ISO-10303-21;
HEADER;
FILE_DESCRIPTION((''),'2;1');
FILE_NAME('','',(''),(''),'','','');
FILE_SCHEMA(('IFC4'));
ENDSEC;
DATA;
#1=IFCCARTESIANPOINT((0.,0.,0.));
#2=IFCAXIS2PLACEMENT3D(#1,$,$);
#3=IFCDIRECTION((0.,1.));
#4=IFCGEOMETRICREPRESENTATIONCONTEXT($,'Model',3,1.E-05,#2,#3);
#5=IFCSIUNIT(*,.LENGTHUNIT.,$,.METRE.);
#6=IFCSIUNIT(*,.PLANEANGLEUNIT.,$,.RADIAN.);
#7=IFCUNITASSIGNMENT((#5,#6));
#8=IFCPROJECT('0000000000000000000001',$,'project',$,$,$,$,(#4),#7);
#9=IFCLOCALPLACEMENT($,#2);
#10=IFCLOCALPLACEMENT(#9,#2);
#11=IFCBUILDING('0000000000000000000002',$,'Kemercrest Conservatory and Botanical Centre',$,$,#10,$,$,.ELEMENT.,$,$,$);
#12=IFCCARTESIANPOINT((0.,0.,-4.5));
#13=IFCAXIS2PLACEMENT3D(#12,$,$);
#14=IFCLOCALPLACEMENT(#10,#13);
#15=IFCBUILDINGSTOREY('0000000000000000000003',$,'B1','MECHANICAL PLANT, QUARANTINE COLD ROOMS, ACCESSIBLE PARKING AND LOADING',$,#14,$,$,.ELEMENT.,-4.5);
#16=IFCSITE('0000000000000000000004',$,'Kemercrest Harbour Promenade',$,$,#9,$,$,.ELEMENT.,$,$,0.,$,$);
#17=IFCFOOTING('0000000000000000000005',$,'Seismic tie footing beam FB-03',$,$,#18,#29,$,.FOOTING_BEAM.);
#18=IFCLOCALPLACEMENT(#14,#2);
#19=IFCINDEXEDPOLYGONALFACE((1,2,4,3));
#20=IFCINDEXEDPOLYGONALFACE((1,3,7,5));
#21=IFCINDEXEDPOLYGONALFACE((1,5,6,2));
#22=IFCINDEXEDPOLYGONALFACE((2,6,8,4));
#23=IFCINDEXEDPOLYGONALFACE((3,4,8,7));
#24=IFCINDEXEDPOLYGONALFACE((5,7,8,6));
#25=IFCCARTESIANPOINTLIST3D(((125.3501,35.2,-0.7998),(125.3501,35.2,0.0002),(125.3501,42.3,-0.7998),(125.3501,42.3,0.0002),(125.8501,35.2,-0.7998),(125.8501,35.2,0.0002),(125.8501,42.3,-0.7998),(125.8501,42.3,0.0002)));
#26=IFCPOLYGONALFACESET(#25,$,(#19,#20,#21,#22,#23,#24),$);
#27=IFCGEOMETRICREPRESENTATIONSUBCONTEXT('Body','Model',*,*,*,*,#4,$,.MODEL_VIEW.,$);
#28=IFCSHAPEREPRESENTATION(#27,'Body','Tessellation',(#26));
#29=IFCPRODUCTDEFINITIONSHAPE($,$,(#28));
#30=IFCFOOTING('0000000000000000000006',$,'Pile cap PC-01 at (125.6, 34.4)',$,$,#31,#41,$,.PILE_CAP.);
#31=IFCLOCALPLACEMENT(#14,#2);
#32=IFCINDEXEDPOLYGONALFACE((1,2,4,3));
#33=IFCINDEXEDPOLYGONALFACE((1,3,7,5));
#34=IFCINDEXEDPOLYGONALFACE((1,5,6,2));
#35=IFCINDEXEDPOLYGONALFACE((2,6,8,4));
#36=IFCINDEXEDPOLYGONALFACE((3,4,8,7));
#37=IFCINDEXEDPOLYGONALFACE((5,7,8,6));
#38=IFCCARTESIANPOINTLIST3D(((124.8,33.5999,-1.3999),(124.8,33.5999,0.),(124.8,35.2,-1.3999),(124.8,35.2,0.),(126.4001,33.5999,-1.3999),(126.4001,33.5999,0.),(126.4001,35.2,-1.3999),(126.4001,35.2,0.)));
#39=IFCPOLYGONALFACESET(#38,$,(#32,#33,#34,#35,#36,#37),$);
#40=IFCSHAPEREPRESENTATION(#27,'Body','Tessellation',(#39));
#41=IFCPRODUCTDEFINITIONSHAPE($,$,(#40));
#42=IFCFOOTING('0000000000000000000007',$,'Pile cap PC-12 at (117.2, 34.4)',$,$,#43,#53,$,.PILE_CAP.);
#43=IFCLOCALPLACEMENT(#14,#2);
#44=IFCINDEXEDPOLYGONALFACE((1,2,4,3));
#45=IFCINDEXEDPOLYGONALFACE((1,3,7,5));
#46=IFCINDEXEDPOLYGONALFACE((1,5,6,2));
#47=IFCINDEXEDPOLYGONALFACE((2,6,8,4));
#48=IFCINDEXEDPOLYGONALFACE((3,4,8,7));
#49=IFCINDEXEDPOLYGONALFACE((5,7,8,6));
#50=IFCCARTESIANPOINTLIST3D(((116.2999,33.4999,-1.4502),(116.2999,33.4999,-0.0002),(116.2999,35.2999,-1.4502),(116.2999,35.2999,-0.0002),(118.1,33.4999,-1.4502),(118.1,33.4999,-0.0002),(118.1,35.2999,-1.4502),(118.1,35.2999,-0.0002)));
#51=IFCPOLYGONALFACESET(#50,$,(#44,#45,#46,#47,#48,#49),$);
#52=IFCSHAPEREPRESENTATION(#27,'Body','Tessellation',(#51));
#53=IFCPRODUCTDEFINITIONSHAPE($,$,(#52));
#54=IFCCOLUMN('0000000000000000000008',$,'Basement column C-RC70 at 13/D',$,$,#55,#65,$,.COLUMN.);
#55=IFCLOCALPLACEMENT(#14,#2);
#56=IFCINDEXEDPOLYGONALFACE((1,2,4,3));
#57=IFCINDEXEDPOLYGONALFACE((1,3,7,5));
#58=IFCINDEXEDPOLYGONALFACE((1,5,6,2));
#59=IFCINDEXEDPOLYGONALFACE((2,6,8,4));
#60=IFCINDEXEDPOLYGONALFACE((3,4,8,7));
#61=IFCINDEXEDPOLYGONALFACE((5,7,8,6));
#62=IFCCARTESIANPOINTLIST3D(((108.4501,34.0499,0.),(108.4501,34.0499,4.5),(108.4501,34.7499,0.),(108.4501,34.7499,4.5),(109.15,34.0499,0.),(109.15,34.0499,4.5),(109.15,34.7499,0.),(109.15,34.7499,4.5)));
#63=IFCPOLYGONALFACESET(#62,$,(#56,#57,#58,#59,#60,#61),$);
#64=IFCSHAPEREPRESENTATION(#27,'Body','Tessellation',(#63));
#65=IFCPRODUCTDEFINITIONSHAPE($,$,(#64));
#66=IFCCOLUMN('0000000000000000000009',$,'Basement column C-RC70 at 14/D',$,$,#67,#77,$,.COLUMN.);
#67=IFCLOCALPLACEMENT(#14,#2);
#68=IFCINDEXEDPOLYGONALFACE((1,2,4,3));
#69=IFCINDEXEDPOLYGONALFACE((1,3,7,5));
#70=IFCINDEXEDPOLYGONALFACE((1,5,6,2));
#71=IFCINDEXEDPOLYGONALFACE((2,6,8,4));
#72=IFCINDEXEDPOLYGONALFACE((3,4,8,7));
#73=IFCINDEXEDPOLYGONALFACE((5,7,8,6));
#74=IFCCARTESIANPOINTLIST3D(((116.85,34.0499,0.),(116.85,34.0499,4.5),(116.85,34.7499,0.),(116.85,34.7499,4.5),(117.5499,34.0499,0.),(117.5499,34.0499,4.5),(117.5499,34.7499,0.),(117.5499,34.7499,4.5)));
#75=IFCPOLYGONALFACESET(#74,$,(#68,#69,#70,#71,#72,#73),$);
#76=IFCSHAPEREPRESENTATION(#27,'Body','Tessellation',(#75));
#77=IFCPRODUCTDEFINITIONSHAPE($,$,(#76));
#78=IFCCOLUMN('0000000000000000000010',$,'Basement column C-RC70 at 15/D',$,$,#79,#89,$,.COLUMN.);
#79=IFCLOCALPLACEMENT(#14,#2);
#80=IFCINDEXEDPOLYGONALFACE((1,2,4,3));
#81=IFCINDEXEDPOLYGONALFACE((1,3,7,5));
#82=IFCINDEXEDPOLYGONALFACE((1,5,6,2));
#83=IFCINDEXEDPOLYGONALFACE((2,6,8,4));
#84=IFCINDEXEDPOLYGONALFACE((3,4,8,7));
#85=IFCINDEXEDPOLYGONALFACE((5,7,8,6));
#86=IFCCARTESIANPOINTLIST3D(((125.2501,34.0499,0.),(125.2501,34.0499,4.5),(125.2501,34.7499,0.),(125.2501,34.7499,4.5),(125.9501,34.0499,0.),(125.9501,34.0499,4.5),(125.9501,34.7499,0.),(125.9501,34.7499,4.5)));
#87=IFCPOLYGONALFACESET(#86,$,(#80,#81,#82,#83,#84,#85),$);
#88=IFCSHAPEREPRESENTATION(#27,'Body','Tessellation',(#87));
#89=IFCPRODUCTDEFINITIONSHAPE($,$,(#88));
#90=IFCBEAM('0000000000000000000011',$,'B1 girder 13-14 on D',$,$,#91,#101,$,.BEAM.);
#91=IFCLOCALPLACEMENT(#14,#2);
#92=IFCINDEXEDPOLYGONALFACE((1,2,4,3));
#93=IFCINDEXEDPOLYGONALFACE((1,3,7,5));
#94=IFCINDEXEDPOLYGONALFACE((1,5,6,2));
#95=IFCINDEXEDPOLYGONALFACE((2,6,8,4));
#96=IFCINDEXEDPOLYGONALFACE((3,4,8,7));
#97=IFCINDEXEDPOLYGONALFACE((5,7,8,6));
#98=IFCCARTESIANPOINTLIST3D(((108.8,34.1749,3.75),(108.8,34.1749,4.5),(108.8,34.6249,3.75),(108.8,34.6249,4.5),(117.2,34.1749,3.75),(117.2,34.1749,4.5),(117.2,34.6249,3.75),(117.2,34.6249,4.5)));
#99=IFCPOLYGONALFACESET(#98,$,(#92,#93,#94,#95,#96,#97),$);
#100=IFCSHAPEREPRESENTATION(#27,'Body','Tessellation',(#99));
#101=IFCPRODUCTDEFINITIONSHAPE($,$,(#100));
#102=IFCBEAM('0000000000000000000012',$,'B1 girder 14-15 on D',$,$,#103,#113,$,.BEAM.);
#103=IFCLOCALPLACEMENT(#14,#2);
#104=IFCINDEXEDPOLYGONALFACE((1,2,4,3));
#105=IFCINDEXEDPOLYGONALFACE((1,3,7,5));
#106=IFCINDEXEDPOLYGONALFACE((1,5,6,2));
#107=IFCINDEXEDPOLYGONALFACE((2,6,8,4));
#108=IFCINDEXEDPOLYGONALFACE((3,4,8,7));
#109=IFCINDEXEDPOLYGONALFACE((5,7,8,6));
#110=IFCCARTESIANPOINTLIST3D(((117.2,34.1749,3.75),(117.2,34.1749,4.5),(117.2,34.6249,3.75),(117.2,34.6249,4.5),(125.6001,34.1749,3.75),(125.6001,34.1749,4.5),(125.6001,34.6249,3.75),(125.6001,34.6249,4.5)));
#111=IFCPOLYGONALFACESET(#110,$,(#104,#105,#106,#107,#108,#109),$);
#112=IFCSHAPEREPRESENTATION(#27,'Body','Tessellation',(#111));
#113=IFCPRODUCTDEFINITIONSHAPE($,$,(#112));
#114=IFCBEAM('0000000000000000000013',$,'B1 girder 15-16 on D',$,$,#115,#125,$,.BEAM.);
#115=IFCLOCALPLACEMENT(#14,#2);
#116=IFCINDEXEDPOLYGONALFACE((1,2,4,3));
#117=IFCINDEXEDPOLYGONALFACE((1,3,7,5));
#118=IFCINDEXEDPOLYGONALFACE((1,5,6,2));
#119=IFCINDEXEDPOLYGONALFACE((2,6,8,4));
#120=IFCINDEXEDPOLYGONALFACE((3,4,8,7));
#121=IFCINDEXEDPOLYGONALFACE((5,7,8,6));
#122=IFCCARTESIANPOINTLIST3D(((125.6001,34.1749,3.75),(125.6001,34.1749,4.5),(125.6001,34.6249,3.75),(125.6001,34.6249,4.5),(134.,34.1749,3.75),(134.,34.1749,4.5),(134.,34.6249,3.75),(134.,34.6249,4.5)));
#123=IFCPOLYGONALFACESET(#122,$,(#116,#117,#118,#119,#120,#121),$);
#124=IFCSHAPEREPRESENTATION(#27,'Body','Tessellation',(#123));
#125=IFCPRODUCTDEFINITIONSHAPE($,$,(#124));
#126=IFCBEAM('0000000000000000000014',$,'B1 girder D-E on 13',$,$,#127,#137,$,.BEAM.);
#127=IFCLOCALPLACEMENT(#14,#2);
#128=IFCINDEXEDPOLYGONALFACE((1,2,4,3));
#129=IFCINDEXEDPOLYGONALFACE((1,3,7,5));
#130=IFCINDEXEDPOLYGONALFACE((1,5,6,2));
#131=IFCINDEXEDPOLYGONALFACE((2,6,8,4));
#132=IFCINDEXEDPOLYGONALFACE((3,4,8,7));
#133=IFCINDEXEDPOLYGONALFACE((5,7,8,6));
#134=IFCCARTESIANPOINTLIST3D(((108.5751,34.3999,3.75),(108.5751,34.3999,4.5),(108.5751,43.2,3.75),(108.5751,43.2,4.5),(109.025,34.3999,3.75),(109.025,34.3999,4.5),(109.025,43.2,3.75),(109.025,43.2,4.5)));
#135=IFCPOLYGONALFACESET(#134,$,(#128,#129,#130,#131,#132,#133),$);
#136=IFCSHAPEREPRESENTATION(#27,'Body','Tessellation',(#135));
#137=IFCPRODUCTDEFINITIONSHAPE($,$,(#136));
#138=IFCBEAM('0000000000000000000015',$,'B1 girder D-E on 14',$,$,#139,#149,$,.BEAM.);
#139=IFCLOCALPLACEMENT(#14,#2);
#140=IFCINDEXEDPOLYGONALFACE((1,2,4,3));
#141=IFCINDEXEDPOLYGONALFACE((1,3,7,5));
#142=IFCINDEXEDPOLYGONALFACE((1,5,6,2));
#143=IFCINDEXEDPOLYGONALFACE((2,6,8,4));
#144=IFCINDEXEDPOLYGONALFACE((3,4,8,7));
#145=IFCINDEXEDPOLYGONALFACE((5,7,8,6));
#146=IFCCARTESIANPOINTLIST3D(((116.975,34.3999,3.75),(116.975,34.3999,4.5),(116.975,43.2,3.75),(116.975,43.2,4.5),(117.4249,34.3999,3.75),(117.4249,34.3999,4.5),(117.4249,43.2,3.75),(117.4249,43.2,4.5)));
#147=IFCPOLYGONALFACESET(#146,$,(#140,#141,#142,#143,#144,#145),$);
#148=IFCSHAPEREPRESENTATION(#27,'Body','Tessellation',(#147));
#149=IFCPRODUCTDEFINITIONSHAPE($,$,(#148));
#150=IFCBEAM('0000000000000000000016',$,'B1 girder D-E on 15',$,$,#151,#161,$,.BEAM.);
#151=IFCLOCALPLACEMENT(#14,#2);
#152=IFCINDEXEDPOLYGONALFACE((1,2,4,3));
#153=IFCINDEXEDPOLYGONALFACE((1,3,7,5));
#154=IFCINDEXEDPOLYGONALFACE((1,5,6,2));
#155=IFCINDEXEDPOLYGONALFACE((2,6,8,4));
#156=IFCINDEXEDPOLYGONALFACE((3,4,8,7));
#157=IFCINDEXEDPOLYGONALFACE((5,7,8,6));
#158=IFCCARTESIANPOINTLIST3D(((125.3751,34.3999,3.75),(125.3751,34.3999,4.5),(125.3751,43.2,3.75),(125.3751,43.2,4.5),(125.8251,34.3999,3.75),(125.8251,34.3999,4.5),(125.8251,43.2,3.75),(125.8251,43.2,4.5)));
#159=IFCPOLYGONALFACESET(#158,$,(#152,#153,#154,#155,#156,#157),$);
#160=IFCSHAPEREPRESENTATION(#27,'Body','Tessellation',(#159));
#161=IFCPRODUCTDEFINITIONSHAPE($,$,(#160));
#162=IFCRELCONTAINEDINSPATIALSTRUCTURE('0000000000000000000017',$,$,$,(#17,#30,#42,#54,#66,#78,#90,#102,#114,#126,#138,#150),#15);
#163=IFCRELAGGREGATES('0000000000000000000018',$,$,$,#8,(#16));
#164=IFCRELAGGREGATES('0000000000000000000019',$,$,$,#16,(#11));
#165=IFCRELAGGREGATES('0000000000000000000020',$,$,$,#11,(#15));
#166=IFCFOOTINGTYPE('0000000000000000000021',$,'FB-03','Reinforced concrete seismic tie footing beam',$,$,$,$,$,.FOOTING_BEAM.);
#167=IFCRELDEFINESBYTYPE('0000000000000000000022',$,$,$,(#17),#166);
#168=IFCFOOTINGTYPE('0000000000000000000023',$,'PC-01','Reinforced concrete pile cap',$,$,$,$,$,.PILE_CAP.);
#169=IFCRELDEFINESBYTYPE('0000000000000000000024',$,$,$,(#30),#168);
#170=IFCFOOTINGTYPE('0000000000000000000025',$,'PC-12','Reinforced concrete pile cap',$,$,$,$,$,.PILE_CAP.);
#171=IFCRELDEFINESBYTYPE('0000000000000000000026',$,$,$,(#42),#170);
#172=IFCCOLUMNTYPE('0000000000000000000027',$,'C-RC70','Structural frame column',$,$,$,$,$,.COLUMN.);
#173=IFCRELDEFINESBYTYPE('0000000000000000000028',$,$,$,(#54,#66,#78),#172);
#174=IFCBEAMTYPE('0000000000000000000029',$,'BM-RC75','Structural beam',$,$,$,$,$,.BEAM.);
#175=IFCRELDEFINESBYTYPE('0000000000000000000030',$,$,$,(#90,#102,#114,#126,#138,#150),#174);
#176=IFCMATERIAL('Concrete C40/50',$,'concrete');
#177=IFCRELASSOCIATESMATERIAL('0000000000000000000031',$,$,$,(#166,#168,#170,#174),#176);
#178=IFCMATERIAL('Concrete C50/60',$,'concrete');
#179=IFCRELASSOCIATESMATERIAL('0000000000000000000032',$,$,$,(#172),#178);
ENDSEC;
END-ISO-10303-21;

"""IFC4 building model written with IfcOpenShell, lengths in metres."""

from ifc_helpers import new_model, si_unit, direction, frame, origin, origin_2d, place, context, subcontext, project, spatial, rectangle, extrude, material, material_profile, profile_set, type_object, element, save


model = new_model("IFC4")

# Units and contexts
model_context = context("Model", 3, precision=1e-05, world=origin(), true_north=direction((0.0, 1.0)))
body_context = subcontext(model_context, "Body", "Model", "MODEL_VIEW")
ifc_project = project(units=[si_unit("LENGTHUNIT", "METRE"), si_unit("PLANEANGLEUNIT", "RADIAN")], contexts=[model_context])

# Site, building, storey
site_placement = place(None, origin())
site = spatial("IfcSite", under=ifc_project, at=site_placement, Name="Kemercrest Harbour Promenade", CompositionType="ELEMENT", RefElevation=0.0)
building_placement = place(site_placement, origin())
building = spatial("IfcBuilding", under=site, at=building_placement, Name="Kemercrest Conservatory and Botanical Centre", CompositionType="ELEMENT")
storey_placement = place(building_placement, frame((0.0, 0.0, -4.5)))
storey = spatial("IfcBuildingStorey", under=building, at=storey_placement, Name="B1", Description="MECHANICAL PLANT, QUARANTINE COLD ROOMS, ACCESSIBLE PARKING AND LOADING", CompositionType="ELEMENT", Elevation=-4.5)

# Shared definitions
ifc_material_1 = material(Name="Concrete C40/50", Category="concrete")

# Footings
footing_type_1 = type_object("IfcFootingType", Name="FB-03", Description="Reinforced concrete seismic tie footing beam", PredefinedType="FOOTING_BEAM", material=ifc_material_1)
footing_1_placement = place(storey_placement, frame((125.6001, 38.75, -0.7998), z_axis=(0.0, 0.0, 1.0), x_axis=(1.0, 0.0, 0.0)))
element("IfcFooting", 1, at=footing_1_placement, inside=storey, type_object=footing_type_1, Name="Seismic tie footing beam FB-03", PredefinedType="FOOTING_BEAM", context=body_context, shape_type="SweptSolid", body=[
    extrude(rectangle(XDim=0.5, YDim=7.1001, at=origin_2d()), origin(), (0.0, 0.0, 1.0), 0.8),
])
footing_type_2 = type_object("IfcFootingType", Name="PC-01", Description="Reinforced concrete pile cap", PredefinedType="PILE_CAP", material=ifc_material_1)
footing_2_placement = place(storey_placement, frame((125.6001, 34.3999, -1.3999), z_axis=(0.0, 0.0, 1.0), x_axis=(1.0, 0.0, 0.0)))
element("IfcFooting", 2, at=footing_2_placement, inside=storey, type_object=footing_type_2, Name="Pile cap PC-01 at (125.6, 34.4)", PredefinedType="PILE_CAP", context=body_context, shape_type="SweptSolid", body=[
    extrude(rectangle(XDim=1.6001, YDim=1.6001, at=origin_2d()), origin(), (0.0, 0.0, 1.0), 1.3999),
])
footing_type_3 = type_object("IfcFootingType", Name="PC-12", Description="Reinforced concrete pile cap", PredefinedType="PILE_CAP", material=ifc_material_1)
footing_3_placement = place(storey_placement, frame((117.2, 34.3999, -1.4502), z_axis=(0.0, 0.0, 1.0), x_axis=(1.0, 0.0, 0.0)))
element("IfcFooting", 3, at=footing_3_placement, inside=storey, type_object=footing_type_3, Name="Pile cap PC-12 at (117.2, 34.4)", PredefinedType="PILE_CAP", context=body_context, shape_type="SweptSolid", body=[
    extrude(rectangle(XDim=1.8, YDim=1.8, at=origin_2d()), origin(), (0.0, 0.0, 1.0), 1.45),
])

# Columns
ifc_material_2 = material(Name="Concrete C50/60", Category="concrete")
ifc_material_profile_1 = material_profile(ifc_material_2, rectangle(XDim=0.7, YDim=0.7, at=origin_2d()), Name="RC 700x700")
ifc_profile_set_1 = profile_set([ifc_material_profile_1], Name="Concrete C50/60")
column_type = type_object("IfcColumnType", Name="C-RC70", Description="Structural frame column", PredefinedType="COLUMN", material=ifc_profile_set_1)
for number, where, z_axis, x_axis, name in (
    (4, (108.8, 34.3999, 0.0), (0.0, 0.0, 1.0), (1.0, 0.0, 0.0), "Basement column C-RC70 at 13/D"),
    (5, (117.2, 34.3999, 0.0), (0.0, 0.0, 1.0), (1.0, 0.0, 0.0), "Basement column C-RC70 at 14/D"),
    (6, (125.6001, 34.3999, 0.0), (0.0, 0.0, 1.0), (1.0, 0.0, 0.0), "Basement column C-RC70 at 15/D"),
):
    element("IfcColumn", number, at=place(storey_placement, frame(where, z_axis=z_axis, x_axis=x_axis)), inside=storey, type_object=column_type, Name=name, PredefinedType="COLUMN", context=body_context, shape_type="SweptSolid", body=[
        extrude(rectangle(XDim=0.7, YDim=0.7, at=origin_2d()), origin(), (0.0, 0.0, 1.0), 4.5),
    ])

# Beams
ifc_material_profile_2 = material_profile(ifc_material_1, rectangle(XDim=0.45, YDim=0.75, at=origin_2d()), Name="RC 450x750")
ifc_profile_set_2 = profile_set([ifc_material_profile_2], Name="Concrete C40/50")
beam_type = type_object("IfcBeamType", Name="BM-RC75", Description="Structural beam", PredefinedType="BEAM", material=ifc_profile_set_2)
beam_1_placement = place(storey_placement, frame((108.8, 34.3999, 4.125), z_axis=(1.0, 0.0, 0.0), x_axis=(0.0, 1.0, 0.0)))
element("IfcBeam", 7, at=beam_1_placement, inside=storey, type_object=beam_type, Name="B1 girder 13-14 on D", PredefinedType="BEAM", context=body_context, shape_type="SweptSolid", body=[
    extrude(rectangle(XDim=0.45, YDim=0.75, at=origin_2d()), origin(), (0.0, 0.0, 1.0), 8.3999),
])
beam_2_placement = place(storey_placement, frame((117.2, 34.3999, 4.125), z_axis=(1.0, 0.0, 0.0), x_axis=(0.0, 1.0, 0.0)))
element("IfcBeam", 8, at=beam_2_placement, inside=storey, type_object=beam_type, Name="B1 girder 14-15 on D", PredefinedType="BEAM", context=body_context, shape_type="SweptSolid", body=[
    extrude(rectangle(XDim=0.45, YDim=0.75, at=origin_2d()), origin(), (0.0, 0.0, 1.0), 8.4001),
])
beam_3_placement = place(storey_placement, frame((125.6001, 34.3999, 4.125), z_axis=(1.0, 0.0, 0.0), x_axis=(0.0, 1.0, 0.0)))
element("IfcBeam", 9, at=beam_3_placement, inside=storey, type_object=beam_type, Name="B1 girder 15-16 on D", PredefinedType="BEAM", context=body_context, shape_type="SweptSolid", body=[
    extrude(rectangle(XDim=0.45, YDim=0.75, at=origin_2d()), origin(), (0.0, 0.0, 1.0), 8.3999),
])
for number, where, z_axis, x_axis, name in (
    (10, (108.8, 34.3999, 4.125), (0.0, 1.0, 0.0), (-1.0, 0.0, 0.0), "B1 girder D-E on 13"),
    (11, (117.2, 34.3999, 4.125), (0.0, 1.0, 0.0), (-1.0, 0.0, 0.0), "B1 girder D-E on 14"),
    (12, (125.6001, 34.3999, 4.125), (0.0, 1.0, 0.0), (-1.0, 0.0, 0.0), "B1 girder D-E on 15"),
):
    element("IfcBeam", number, at=place(storey_placement, frame(where, z_axis=z_axis, x_axis=x_axis)), inside=storey, type_object=beam_type, Name=name, PredefinedType="BEAM", context=body_context, shape_type="SweptSolid", body=[
        extrude(rectangle(XDim=0.45, YDim=0.75, at=origin_2d()), origin(), (0.0, 0.0, 1.0), 8.8),
    ])

save(model, "model.ifc")
